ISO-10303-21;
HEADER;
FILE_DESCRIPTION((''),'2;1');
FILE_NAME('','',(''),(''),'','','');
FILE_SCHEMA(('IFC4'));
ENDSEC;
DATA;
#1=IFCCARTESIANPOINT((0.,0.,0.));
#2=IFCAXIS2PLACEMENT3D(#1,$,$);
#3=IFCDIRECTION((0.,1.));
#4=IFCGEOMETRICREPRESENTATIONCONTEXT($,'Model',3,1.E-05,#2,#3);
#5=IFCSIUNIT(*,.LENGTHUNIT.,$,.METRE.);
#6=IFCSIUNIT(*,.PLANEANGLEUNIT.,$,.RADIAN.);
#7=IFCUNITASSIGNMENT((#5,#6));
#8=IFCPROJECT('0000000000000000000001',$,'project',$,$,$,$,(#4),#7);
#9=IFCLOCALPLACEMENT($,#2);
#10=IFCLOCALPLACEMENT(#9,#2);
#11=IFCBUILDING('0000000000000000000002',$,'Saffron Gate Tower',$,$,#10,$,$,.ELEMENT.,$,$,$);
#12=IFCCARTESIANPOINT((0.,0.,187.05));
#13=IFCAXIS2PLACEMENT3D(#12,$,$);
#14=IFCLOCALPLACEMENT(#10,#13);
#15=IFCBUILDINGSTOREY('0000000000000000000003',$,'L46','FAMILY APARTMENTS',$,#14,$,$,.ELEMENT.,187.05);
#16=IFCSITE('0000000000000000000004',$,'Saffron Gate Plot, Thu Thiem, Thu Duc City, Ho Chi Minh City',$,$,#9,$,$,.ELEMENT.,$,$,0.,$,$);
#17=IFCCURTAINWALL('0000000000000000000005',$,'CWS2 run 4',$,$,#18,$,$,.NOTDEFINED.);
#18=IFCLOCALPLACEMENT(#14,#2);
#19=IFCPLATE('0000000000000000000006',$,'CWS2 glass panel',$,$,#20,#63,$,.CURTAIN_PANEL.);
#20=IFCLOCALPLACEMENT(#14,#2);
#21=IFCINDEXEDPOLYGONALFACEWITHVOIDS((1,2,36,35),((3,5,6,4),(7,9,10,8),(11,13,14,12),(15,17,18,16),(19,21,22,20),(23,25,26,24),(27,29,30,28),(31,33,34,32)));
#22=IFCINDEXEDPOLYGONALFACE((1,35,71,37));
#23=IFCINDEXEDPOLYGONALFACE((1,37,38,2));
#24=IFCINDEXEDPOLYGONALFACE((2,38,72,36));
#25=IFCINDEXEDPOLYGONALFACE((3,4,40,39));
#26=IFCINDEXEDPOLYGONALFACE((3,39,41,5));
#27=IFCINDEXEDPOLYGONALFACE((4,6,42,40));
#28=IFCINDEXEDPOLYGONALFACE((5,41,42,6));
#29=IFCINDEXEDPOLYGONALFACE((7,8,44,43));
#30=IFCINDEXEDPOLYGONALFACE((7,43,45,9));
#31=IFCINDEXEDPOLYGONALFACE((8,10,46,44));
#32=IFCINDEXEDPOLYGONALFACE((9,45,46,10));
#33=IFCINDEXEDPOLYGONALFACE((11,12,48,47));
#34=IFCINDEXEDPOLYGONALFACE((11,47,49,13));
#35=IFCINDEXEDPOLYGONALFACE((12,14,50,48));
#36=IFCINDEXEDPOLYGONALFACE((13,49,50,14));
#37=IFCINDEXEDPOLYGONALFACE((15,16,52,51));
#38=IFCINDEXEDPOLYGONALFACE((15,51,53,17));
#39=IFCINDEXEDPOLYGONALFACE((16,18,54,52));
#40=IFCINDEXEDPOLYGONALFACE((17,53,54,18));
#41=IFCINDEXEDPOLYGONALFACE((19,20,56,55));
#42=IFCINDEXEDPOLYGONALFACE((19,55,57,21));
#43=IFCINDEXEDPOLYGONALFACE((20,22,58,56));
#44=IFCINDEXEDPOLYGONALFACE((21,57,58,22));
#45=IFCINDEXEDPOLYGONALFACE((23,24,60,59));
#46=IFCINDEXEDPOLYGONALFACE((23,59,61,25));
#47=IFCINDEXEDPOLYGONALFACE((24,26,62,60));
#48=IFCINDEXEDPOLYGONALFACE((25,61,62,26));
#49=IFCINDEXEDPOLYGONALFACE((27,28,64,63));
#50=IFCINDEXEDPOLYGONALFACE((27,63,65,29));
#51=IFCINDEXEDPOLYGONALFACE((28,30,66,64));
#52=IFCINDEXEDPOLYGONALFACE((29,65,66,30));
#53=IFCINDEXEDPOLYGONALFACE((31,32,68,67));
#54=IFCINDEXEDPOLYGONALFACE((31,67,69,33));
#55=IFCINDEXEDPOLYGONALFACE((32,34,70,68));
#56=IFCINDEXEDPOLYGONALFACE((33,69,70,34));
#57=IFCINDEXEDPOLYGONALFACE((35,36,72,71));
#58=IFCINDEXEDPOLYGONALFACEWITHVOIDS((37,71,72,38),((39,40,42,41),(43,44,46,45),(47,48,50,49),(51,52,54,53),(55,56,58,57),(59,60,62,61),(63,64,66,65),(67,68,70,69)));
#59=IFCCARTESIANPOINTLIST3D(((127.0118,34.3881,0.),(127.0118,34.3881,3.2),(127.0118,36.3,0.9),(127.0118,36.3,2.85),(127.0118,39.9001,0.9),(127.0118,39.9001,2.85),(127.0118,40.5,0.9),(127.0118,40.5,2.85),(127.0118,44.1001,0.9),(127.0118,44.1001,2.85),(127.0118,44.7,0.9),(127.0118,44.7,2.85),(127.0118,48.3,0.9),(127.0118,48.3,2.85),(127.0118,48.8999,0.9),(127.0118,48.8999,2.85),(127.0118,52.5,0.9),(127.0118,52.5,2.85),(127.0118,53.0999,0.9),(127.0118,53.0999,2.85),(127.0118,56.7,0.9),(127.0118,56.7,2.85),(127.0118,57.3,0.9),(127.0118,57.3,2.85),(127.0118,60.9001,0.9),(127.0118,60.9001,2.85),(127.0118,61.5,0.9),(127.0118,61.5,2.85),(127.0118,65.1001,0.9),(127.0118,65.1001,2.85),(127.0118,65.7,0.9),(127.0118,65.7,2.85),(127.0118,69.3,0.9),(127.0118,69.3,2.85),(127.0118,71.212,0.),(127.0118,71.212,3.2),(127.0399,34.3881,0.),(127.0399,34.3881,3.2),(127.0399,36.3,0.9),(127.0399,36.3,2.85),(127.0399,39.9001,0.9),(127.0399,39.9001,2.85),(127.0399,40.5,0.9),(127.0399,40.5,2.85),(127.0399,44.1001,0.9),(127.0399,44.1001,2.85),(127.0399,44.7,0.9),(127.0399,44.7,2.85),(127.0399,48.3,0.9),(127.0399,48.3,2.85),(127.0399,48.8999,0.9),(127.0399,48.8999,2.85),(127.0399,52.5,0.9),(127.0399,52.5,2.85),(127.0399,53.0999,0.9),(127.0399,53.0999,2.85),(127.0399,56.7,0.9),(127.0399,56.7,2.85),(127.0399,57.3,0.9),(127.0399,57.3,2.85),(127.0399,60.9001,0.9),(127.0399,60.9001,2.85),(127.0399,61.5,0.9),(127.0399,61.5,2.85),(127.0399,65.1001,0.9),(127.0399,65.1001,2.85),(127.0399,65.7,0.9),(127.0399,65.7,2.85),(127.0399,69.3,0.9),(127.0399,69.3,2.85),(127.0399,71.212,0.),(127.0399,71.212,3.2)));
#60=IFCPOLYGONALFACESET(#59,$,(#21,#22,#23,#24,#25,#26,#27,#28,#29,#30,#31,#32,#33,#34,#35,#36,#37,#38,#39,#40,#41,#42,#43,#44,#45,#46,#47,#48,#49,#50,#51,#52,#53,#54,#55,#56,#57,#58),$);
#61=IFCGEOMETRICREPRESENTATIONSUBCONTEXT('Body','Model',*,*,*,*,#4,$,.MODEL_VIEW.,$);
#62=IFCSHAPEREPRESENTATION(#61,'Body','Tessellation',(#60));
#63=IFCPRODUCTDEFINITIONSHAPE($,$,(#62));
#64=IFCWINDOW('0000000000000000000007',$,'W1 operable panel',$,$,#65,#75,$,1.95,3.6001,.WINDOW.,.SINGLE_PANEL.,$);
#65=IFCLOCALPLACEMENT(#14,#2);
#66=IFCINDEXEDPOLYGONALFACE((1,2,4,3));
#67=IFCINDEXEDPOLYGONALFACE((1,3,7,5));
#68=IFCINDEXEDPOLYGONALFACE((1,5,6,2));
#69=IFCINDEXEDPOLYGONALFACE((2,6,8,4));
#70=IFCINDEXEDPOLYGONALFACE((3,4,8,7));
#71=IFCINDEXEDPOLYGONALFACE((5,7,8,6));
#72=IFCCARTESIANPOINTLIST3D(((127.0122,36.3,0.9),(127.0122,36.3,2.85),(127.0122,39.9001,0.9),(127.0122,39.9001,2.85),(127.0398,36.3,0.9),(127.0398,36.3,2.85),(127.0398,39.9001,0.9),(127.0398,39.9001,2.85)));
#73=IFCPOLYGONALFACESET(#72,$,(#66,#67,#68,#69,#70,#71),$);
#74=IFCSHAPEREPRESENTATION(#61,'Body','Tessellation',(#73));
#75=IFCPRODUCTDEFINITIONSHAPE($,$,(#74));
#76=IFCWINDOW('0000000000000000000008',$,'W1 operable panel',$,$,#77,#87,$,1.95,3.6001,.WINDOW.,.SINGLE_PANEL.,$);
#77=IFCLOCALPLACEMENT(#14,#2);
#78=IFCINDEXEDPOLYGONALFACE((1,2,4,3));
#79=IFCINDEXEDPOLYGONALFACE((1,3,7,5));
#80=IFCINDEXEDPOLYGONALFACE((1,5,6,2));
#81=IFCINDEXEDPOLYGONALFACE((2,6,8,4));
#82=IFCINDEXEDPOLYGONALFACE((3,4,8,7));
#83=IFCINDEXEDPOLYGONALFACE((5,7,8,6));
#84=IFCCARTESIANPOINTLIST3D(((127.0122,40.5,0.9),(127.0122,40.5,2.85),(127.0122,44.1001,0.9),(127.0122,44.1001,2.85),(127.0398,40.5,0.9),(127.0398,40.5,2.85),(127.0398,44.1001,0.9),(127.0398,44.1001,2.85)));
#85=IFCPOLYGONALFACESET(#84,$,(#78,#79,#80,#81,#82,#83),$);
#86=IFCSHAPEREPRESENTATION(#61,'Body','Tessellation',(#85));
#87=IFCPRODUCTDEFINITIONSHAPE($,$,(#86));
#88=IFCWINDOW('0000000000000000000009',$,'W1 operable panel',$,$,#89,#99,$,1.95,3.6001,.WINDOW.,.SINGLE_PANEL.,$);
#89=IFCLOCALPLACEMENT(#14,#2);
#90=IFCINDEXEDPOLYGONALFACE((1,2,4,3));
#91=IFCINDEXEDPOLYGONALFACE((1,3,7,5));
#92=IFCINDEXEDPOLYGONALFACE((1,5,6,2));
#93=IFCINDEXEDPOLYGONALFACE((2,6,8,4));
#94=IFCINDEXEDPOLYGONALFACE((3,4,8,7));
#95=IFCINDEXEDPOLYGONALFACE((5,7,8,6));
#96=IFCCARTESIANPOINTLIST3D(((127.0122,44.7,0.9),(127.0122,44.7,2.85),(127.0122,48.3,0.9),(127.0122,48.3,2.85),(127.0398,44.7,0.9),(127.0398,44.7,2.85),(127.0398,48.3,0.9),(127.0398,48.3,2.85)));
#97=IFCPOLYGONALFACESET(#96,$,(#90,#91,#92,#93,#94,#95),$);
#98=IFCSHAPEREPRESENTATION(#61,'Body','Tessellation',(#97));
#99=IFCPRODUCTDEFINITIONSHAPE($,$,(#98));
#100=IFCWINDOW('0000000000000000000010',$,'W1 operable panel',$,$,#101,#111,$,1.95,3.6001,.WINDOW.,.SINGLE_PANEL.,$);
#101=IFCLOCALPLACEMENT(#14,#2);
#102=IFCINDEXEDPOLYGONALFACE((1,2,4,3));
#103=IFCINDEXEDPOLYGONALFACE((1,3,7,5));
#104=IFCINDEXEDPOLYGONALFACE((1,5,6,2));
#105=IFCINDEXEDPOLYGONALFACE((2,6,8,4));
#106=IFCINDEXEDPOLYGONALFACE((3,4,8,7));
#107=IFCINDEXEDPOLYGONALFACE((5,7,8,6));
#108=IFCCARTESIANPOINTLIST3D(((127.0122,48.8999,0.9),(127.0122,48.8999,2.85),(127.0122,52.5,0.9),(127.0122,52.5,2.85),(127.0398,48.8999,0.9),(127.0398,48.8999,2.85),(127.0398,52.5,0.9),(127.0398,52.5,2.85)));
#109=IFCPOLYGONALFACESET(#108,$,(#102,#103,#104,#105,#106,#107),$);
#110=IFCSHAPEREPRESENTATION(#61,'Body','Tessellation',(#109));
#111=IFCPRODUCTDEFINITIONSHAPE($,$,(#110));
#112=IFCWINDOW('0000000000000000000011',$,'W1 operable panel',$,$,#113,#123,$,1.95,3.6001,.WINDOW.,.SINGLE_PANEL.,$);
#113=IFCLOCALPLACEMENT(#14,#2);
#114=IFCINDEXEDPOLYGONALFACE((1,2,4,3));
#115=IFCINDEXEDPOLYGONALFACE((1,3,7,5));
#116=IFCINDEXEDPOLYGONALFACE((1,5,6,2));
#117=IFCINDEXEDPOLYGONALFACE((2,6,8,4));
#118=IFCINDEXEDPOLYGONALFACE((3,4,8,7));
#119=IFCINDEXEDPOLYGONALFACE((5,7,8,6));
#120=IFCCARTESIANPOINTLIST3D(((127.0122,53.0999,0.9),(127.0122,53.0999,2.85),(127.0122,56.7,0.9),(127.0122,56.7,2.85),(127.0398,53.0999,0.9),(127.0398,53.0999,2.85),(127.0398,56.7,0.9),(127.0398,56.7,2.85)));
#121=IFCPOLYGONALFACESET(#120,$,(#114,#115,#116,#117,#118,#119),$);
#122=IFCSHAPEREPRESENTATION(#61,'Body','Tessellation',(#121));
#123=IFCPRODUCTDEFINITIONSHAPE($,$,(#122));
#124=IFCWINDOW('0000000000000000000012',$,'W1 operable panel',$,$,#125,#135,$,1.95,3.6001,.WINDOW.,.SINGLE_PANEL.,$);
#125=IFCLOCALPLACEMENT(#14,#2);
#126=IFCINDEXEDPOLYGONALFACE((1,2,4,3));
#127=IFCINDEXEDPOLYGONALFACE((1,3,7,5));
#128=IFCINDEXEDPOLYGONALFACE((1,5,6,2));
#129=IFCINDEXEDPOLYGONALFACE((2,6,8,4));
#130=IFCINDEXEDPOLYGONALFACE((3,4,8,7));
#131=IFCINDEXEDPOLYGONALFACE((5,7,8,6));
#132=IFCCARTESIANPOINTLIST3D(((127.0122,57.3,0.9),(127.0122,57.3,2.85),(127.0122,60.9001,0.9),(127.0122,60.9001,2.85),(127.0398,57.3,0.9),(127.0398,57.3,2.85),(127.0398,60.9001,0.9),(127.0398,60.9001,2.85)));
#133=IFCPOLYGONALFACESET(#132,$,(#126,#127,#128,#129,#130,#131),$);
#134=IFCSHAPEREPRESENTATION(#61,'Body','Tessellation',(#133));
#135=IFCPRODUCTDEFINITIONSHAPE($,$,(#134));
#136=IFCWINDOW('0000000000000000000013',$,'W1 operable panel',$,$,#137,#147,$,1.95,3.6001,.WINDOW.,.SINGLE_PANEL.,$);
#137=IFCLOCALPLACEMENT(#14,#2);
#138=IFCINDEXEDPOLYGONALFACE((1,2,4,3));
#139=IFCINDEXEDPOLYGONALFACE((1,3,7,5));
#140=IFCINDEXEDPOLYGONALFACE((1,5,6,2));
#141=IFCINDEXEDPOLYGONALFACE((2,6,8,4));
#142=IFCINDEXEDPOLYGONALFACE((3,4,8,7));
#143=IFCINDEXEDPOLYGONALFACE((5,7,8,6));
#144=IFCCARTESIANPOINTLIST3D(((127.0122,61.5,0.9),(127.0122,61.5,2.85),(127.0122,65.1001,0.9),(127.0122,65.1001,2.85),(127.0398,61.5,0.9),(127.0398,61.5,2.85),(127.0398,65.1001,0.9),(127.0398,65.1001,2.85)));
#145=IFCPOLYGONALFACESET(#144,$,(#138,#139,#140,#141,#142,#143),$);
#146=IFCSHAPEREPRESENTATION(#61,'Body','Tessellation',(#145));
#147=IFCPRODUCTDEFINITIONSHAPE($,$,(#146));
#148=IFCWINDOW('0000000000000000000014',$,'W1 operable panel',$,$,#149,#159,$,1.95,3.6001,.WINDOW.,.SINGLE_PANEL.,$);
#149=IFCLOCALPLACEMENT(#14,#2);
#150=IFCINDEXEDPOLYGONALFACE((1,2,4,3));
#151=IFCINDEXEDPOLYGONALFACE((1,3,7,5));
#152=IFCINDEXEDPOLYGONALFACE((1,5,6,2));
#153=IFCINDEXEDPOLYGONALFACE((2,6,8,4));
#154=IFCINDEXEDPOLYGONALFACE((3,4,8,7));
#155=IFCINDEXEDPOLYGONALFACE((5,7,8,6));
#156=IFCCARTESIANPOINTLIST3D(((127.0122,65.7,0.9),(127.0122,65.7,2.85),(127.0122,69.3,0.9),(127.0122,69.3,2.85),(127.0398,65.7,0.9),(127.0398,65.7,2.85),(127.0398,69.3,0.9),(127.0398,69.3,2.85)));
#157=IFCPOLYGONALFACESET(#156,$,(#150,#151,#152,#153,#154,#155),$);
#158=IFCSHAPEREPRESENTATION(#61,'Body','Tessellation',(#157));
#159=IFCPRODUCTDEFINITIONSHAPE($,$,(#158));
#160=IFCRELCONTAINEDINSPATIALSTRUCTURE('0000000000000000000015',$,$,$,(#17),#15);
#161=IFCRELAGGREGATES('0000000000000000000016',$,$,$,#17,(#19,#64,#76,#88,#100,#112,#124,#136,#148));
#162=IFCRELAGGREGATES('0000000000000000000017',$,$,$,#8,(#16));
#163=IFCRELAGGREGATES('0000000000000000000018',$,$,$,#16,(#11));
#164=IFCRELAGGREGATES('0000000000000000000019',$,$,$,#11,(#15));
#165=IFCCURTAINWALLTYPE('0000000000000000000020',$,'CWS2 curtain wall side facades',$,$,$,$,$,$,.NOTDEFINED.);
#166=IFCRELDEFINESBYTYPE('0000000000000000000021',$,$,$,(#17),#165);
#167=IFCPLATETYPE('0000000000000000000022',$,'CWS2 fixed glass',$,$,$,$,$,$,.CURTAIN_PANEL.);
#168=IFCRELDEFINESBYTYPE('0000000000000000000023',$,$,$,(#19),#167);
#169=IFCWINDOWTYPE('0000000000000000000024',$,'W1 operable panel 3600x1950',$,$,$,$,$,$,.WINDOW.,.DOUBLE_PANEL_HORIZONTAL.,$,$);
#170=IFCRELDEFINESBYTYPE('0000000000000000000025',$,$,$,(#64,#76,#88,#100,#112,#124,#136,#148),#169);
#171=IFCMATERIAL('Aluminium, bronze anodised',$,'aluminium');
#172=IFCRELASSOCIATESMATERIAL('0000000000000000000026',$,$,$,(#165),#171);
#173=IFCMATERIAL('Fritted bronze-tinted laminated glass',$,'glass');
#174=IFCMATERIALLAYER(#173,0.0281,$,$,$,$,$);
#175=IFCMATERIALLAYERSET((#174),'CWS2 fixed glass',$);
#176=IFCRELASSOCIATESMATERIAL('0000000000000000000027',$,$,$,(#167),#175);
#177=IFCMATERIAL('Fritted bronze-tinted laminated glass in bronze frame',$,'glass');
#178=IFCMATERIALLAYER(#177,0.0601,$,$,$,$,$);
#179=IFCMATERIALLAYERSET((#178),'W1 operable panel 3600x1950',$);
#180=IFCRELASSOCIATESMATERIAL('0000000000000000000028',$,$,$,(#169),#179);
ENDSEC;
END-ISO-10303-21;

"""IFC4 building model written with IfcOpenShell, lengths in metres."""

from ifc_helpers import new_model, si_unit, direction, frame, frame_2d, origin, place, context, subcontext, project, spatial, rectangle, extrude, material, layer, layer_set, type_object, element, fill, aggregate, save


model = new_model("IFC4")

# Units and contexts
model_context = context("Model", 3, precision=1e-05, world=origin(), true_north=direction((0.0, 1.0)))
body_context = subcontext(model_context, "Body", "Model", "MODEL_VIEW")
ifc_project = project(units=[si_unit("LENGTHUNIT", "METRE"), si_unit("PLANEANGLEUNIT", "RADIAN")], contexts=[model_context])

# Site, building, storey
site_placement = place(None, origin())
site = spatial("IfcSite", under=ifc_project, at=site_placement, Name="Saffron Gate Plot, Thu Thiem, Thu Duc City, Ho Chi Minh City", CompositionType="ELEMENT", RefElevation=0.0)
building_placement = place(site_placement, origin())
building = spatial("IfcBuilding", under=site, at=building_placement, Name="Saffron Gate Tower", CompositionType="ELEMENT")
storey_placement = place(building_placement, frame((0.0, 0.0, 187.05)))
storey = spatial("IfcBuildingStorey", under=building, at=storey_placement, Name="L46", Description="FAMILY APARTMENTS", CompositionType="ELEMENT", Elevation=187.05)

# Curtain wall
ifc_material_1 = material(Name="Aluminium, bronze anodised", Category="aluminium")
curtain_wall_type_1 = type_object("IfcCurtainWallType", Name="CWS2 curtain wall side facades", PredefinedType="NOTDEFINED", material=ifc_material_1)
curtain_wall_1_placement = place(storey_placement, origin())
curtain_wall_1 = element("IfcCurtainWall", 1, at=curtain_wall_1_placement, inside=storey, type_object=curtain_wall_type_1, Name="CWS2 run 4", PredefinedType="NOTDEFINED")

# Plate, openings, windows
ifc_material_2 = material(Name="Fritted bronze-tinted laminated glass", Category="glass")
ifc_layer_1 = layer(ifc_material_2, 0.0281)
ifc_layer_set_1 = layer_set([ifc_layer_1], Name="CWS2 fixed glass")
plate_type_1 = type_object("IfcPlateType", Name="CWS2 fixed glass", PredefinedType="CURTAIN_PANEL", material=ifc_layer_set_1)
plate_1_placement = place(storey_placement, frame((127.0259, 34.3879, 0.0), z_axis=(0.0, 0.0, 1.0), x_axis=(0.0, 1.0, 0.0)))
plate_1 = element("IfcPlate", 2, at=plate_1_placement, type_object=plate_type_1, Name="CWS2 glass panel", PredefinedType="CURTAIN_PANEL", context=body_context, shape_type="SweptSolid", body=[
    extrude(rectangle(XDim=36.824, YDim=0.0281, at=frame_2d((18.4121, 0.0))), origin(), (0.0, 0.0, 1.0), 3.2),
])
opening_1_placement = place(plate_1_placement, frame((1.9121, 0.0, 0.8999)))
opening_1 = element("IfcOpeningElement", 3, at=opening_1_placement, cuts=plate_1, PredefinedType="OPENING", context=body_context, shape_type="SweptSolid", body=[
    extrude(rectangle(XDim=3.6001, YDim=1.95, at=frame_2d((1.8, 0.9751))), frame((0.0, 0.0239, 0.0), z_axis=(0.0, -1.0, 0.0), x_axis=(1.0, 0.0, 0.0)), (0.0, 0.0, 1.0), 0.0481),
])
opening_2_placement = place(plate_1_placement, frame((6.1121, 0.0, 0.8999)))
opening_2 = element("IfcOpeningElement", 4, at=opening_2_placement, cuts=plate_1, PredefinedType="OPENING", context=body_context, shape_type="SweptSolid", body=[
    extrude(rectangle(XDim=3.6001, YDim=1.95, at=frame_2d((1.8, 0.9751))), frame((0.0, 0.0239, 0.0), z_axis=(0.0, -1.0, 0.0), x_axis=(1.0, 0.0, 0.0)), (0.0, 0.0, 1.0), 0.0481),
])
opening_3_placement = place(plate_1_placement, frame((10.312, 0.0, 0.8999)))
opening_3 = element("IfcOpeningElement", 5, at=opening_3_placement, cuts=plate_1, PredefinedType="OPENING", context=body_context, shape_type="SweptSolid", body=[
    extrude(rectangle(XDim=3.6001, YDim=1.95, at=frame_2d((1.8, 0.9751))), frame((0.0, 0.0239, 0.0), z_axis=(0.0, -1.0, 0.0), x_axis=(1.0, 0.0, 0.0)), (0.0, 0.0, 1.0), 0.0481),
])
opening_4_placement = place(plate_1_placement, frame((14.512, 0.0, 0.8999)))
opening_4 = element("IfcOpeningElement", 6, at=opening_4_placement, cuts=plate_1, PredefinedType="OPENING", context=body_context, shape_type="SweptSolid", body=[
    extrude(rectangle(XDim=3.6001, YDim=1.95, at=frame_2d((1.8, 0.9751))), frame((0.0, 0.0239, 0.0), z_axis=(0.0, -1.0, 0.0), x_axis=(1.0, 0.0, 0.0)), (0.0, 0.0, 1.0), 0.0481),
])
opening_5_placement = place(plate_1_placement, frame((18.7119, 0.0, 0.8999)))
opening_5 = element("IfcOpeningElement", 7, at=opening_5_placement, cuts=plate_1, PredefinedType="OPENING", context=body_context, shape_type="SweptSolid", body=[
    extrude(rectangle(XDim=3.6001, YDim=1.95, at=frame_2d((1.8, 0.9751))), frame((0.0, 0.0239, 0.0), z_axis=(0.0, -1.0, 0.0), x_axis=(1.0, 0.0, 0.0)), (0.0, 0.0, 1.0), 0.0481),
])
opening_6_placement = place(plate_1_placement, frame((22.9121, 0.0, 0.8999)))
opening_6 = element("IfcOpeningElement", 8, at=opening_6_placement, cuts=plate_1, PredefinedType="OPENING", context=body_context, shape_type="SweptSolid", body=[
    extrude(rectangle(XDim=3.6001, YDim=1.95, at=frame_2d((1.8, 0.9751))), frame((0.0, 0.0239, 0.0), z_axis=(0.0, -1.0, 0.0), x_axis=(1.0, 0.0, 0.0)), (0.0, 0.0, 1.0), 0.0481),
])
opening_7_placement = place(plate_1_placement, frame((27.1121, 0.0, 0.8999)))
opening_7 = element("IfcOpeningElement", 9, at=opening_7_placement, cuts=plate_1, PredefinedType="OPENING", context=body_context, shape_type="SweptSolid", body=[
    extrude(rectangle(XDim=3.6001, YDim=1.95, at=frame_2d((1.8, 0.9751))), frame((0.0, 0.0239, 0.0), z_axis=(0.0, -1.0, 0.0), x_axis=(1.0, 0.0, 0.0)), (0.0, 0.0, 1.0), 0.0481),
])
opening_8_placement = place(plate_1_placement, frame((31.312, 0.0, 0.8999)))
opening_8 = element("IfcOpeningElement", 10, at=opening_8_placement, cuts=plate_1, PredefinedType="OPENING", context=body_context, shape_type="SweptSolid", body=[
    extrude(rectangle(XDim=3.6001, YDim=1.95, at=frame_2d((1.8, 0.9751))), frame((0.0, 0.0239, 0.0), z_axis=(0.0, -1.0, 0.0), x_axis=(1.0, 0.0, 0.0)), (0.0, 0.0, 1.0), 0.0481),
])
ifc_material_3 = material(Name="Fritted bronze-tinted laminated glass in bronze frame", Category="glass")
ifc_layer_2 = layer(ifc_material_3, 0.0601)
ifc_layer_set_2 = layer_set([ifc_layer_2], Name="W1 operable panel 3600x1950")
window_type = type_object("IfcWindowType", Name="W1 operable panel 3600x1950", PartitioningType="DOUBLE_PANEL_HORIZONTAL", PredefinedType="WINDOW", material=ifc_layer_set_2)
window_1_placement = place(opening_1_placement, origin())
window_1 = element("IfcWindow", 11, at=window_1_placement, type_object=window_type, Name="W1 operable panel", OverallHeight=1.95, OverallWidth=3.6001, PartitioningType="SINGLE_PANEL", PredefinedType="WINDOW", context=body_context, shape_type="SweptSolid", body=[
    extrude(rectangle(XDim=3.6001, YDim=1.95, at=frame_2d((1.8, 0.9751))), frame((0.0, 0.0137, 0.0), z_axis=(0.0, -1.0, 0.0), x_axis=(1.0, 0.0, 0.0)), (0.0, 0.0, 1.0), 0.0276),
])
fill(opening_1, window_1)
window_2_placement = place(opening_2_placement, origin())
window_2 = element("IfcWindow", 12, at=window_2_placement, type_object=window_type, Name="W1 operable panel", OverallHeight=1.95, OverallWidth=3.6001, PartitioningType="SINGLE_PANEL", PredefinedType="WINDOW", context=body_context, shape_type="SweptSolid", body=[
    extrude(rectangle(XDim=3.6001, YDim=1.95, at=frame_2d((1.8, 0.9751))), frame((0.0, 0.0137, 0.0), z_axis=(0.0, -1.0, 0.0), x_axis=(1.0, 0.0, 0.0)), (0.0, 0.0, 1.0), 0.0276),
])
fill(opening_2, window_2)
window_3_placement = place(opening_3_placement, origin())
window_3 = element("IfcWindow", 13, at=window_3_placement, type_object=window_type, Name="W1 operable panel", OverallHeight=1.95, OverallWidth=3.6001, PartitioningType="SINGLE_PANEL", PredefinedType="WINDOW", context=body_context, shape_type="SweptSolid", body=[
    extrude(rectangle(XDim=3.6001, YDim=1.95, at=frame_2d((1.8, 0.9751))), frame((0.0, 0.0137, 0.0), z_axis=(0.0, -1.0, 0.0), x_axis=(1.0, 0.0, 0.0)), (0.0, 0.0, 1.0), 0.0276),
])
fill(opening_3, window_3)
window_4_placement = place(opening_4_placement, origin())
window_4 = element("IfcWindow", 14, at=window_4_placement, type_object=window_type, Name="W1 operable panel", OverallHeight=1.95, OverallWidth=3.6001, PartitioningType="SINGLE_PANEL", PredefinedType="WINDOW", context=body_context, shape_type="SweptSolid", body=[
    extrude(rectangle(XDim=3.6001, YDim=1.95, at=frame_2d((1.8, 0.9751))), frame((0.0, 0.0137, 0.0), z_axis=(0.0, -1.0, 0.0), x_axis=(1.0, 0.0, 0.0)), (0.0, 0.0, 1.0), 0.0276),
])
fill(opening_4, window_4)
window_5_placement = place(opening_5_placement, origin())
window_5 = element("IfcWindow", 15, at=window_5_placement, type_object=window_type, Name="W1 operable panel", OverallHeight=1.95, OverallWidth=3.6001, PartitioningType="SINGLE_PANEL", PredefinedType="WINDOW", context=body_context, shape_type="SweptSolid", body=[
    extrude(rectangle(XDim=3.6001, YDim=1.95, at=frame_2d((1.8, 0.9751))), frame((0.0, 0.0137, 0.0), z_axis=(0.0, -1.0, 0.0), x_axis=(1.0, 0.0, 0.0)), (0.0, 0.0, 1.0), 0.0276),
])
fill(opening_5, window_5)
window_6_placement = place(opening_6_placement, origin())
window_6 = element("IfcWindow", 16, at=window_6_placement, type_object=window_type, Name="W1 operable panel", OverallHeight=1.95, OverallWidth=3.6001, PartitioningType="SINGLE_PANEL", PredefinedType="WINDOW", context=body_context, shape_type="SweptSolid", body=[
    extrude(rectangle(XDim=3.6001, YDim=1.95, at=frame_2d((1.8, 0.9751))), frame((0.0, 0.0137, 0.0), z_axis=(0.0, -1.0, 0.0), x_axis=(1.0, 0.0, 0.0)), (0.0, 0.0, 1.0), 0.0276),
])
fill(opening_6, window_6)
window_7_placement = place(opening_7_placement, origin())
window_7 = element("IfcWindow", 17, at=window_7_placement, type_object=window_type, Name="W1 operable panel", OverallHeight=1.95, OverallWidth=3.6001, PartitioningType="SINGLE_PANEL", PredefinedType="WINDOW", context=body_context, shape_type="SweptSolid", body=[
    extrude(rectangle(XDim=3.6001, YDim=1.95, at=frame_2d((1.8, 0.9751))), frame((0.0, 0.0137, 0.0), z_axis=(0.0, -1.0, 0.0), x_axis=(1.0, 0.0, 0.0)), (0.0, 0.0, 1.0), 0.0276),
])
fill(opening_7, window_7)
window_8_placement = place(opening_8_placement, origin())
window_8 = element("IfcWindow", 18, at=window_8_placement, type_object=window_type, Name="W1 operable panel", OverallHeight=1.95, OverallWidth=3.6001, PartitioningType="SINGLE_PANEL", PredefinedType="WINDOW", context=body_context, shape_type="SweptSolid", body=[
    extrude(rectangle(XDim=3.6001, YDim=1.95, at=frame_2d((1.8, 0.9751))), frame((0.0, 0.0137, 0.0), z_axis=(0.0, -1.0, 0.0), x_axis=(1.0, 0.0, 0.0)), (0.0, 0.0, 1.0), 0.0276),
])
fill(opening_8, window_8)
aggregate(curtain_wall_1, [plate_1, window_1, window_2, window_3, window_4, window_5, window_6, window_7, window_8])

save(model, "model.ifc")
